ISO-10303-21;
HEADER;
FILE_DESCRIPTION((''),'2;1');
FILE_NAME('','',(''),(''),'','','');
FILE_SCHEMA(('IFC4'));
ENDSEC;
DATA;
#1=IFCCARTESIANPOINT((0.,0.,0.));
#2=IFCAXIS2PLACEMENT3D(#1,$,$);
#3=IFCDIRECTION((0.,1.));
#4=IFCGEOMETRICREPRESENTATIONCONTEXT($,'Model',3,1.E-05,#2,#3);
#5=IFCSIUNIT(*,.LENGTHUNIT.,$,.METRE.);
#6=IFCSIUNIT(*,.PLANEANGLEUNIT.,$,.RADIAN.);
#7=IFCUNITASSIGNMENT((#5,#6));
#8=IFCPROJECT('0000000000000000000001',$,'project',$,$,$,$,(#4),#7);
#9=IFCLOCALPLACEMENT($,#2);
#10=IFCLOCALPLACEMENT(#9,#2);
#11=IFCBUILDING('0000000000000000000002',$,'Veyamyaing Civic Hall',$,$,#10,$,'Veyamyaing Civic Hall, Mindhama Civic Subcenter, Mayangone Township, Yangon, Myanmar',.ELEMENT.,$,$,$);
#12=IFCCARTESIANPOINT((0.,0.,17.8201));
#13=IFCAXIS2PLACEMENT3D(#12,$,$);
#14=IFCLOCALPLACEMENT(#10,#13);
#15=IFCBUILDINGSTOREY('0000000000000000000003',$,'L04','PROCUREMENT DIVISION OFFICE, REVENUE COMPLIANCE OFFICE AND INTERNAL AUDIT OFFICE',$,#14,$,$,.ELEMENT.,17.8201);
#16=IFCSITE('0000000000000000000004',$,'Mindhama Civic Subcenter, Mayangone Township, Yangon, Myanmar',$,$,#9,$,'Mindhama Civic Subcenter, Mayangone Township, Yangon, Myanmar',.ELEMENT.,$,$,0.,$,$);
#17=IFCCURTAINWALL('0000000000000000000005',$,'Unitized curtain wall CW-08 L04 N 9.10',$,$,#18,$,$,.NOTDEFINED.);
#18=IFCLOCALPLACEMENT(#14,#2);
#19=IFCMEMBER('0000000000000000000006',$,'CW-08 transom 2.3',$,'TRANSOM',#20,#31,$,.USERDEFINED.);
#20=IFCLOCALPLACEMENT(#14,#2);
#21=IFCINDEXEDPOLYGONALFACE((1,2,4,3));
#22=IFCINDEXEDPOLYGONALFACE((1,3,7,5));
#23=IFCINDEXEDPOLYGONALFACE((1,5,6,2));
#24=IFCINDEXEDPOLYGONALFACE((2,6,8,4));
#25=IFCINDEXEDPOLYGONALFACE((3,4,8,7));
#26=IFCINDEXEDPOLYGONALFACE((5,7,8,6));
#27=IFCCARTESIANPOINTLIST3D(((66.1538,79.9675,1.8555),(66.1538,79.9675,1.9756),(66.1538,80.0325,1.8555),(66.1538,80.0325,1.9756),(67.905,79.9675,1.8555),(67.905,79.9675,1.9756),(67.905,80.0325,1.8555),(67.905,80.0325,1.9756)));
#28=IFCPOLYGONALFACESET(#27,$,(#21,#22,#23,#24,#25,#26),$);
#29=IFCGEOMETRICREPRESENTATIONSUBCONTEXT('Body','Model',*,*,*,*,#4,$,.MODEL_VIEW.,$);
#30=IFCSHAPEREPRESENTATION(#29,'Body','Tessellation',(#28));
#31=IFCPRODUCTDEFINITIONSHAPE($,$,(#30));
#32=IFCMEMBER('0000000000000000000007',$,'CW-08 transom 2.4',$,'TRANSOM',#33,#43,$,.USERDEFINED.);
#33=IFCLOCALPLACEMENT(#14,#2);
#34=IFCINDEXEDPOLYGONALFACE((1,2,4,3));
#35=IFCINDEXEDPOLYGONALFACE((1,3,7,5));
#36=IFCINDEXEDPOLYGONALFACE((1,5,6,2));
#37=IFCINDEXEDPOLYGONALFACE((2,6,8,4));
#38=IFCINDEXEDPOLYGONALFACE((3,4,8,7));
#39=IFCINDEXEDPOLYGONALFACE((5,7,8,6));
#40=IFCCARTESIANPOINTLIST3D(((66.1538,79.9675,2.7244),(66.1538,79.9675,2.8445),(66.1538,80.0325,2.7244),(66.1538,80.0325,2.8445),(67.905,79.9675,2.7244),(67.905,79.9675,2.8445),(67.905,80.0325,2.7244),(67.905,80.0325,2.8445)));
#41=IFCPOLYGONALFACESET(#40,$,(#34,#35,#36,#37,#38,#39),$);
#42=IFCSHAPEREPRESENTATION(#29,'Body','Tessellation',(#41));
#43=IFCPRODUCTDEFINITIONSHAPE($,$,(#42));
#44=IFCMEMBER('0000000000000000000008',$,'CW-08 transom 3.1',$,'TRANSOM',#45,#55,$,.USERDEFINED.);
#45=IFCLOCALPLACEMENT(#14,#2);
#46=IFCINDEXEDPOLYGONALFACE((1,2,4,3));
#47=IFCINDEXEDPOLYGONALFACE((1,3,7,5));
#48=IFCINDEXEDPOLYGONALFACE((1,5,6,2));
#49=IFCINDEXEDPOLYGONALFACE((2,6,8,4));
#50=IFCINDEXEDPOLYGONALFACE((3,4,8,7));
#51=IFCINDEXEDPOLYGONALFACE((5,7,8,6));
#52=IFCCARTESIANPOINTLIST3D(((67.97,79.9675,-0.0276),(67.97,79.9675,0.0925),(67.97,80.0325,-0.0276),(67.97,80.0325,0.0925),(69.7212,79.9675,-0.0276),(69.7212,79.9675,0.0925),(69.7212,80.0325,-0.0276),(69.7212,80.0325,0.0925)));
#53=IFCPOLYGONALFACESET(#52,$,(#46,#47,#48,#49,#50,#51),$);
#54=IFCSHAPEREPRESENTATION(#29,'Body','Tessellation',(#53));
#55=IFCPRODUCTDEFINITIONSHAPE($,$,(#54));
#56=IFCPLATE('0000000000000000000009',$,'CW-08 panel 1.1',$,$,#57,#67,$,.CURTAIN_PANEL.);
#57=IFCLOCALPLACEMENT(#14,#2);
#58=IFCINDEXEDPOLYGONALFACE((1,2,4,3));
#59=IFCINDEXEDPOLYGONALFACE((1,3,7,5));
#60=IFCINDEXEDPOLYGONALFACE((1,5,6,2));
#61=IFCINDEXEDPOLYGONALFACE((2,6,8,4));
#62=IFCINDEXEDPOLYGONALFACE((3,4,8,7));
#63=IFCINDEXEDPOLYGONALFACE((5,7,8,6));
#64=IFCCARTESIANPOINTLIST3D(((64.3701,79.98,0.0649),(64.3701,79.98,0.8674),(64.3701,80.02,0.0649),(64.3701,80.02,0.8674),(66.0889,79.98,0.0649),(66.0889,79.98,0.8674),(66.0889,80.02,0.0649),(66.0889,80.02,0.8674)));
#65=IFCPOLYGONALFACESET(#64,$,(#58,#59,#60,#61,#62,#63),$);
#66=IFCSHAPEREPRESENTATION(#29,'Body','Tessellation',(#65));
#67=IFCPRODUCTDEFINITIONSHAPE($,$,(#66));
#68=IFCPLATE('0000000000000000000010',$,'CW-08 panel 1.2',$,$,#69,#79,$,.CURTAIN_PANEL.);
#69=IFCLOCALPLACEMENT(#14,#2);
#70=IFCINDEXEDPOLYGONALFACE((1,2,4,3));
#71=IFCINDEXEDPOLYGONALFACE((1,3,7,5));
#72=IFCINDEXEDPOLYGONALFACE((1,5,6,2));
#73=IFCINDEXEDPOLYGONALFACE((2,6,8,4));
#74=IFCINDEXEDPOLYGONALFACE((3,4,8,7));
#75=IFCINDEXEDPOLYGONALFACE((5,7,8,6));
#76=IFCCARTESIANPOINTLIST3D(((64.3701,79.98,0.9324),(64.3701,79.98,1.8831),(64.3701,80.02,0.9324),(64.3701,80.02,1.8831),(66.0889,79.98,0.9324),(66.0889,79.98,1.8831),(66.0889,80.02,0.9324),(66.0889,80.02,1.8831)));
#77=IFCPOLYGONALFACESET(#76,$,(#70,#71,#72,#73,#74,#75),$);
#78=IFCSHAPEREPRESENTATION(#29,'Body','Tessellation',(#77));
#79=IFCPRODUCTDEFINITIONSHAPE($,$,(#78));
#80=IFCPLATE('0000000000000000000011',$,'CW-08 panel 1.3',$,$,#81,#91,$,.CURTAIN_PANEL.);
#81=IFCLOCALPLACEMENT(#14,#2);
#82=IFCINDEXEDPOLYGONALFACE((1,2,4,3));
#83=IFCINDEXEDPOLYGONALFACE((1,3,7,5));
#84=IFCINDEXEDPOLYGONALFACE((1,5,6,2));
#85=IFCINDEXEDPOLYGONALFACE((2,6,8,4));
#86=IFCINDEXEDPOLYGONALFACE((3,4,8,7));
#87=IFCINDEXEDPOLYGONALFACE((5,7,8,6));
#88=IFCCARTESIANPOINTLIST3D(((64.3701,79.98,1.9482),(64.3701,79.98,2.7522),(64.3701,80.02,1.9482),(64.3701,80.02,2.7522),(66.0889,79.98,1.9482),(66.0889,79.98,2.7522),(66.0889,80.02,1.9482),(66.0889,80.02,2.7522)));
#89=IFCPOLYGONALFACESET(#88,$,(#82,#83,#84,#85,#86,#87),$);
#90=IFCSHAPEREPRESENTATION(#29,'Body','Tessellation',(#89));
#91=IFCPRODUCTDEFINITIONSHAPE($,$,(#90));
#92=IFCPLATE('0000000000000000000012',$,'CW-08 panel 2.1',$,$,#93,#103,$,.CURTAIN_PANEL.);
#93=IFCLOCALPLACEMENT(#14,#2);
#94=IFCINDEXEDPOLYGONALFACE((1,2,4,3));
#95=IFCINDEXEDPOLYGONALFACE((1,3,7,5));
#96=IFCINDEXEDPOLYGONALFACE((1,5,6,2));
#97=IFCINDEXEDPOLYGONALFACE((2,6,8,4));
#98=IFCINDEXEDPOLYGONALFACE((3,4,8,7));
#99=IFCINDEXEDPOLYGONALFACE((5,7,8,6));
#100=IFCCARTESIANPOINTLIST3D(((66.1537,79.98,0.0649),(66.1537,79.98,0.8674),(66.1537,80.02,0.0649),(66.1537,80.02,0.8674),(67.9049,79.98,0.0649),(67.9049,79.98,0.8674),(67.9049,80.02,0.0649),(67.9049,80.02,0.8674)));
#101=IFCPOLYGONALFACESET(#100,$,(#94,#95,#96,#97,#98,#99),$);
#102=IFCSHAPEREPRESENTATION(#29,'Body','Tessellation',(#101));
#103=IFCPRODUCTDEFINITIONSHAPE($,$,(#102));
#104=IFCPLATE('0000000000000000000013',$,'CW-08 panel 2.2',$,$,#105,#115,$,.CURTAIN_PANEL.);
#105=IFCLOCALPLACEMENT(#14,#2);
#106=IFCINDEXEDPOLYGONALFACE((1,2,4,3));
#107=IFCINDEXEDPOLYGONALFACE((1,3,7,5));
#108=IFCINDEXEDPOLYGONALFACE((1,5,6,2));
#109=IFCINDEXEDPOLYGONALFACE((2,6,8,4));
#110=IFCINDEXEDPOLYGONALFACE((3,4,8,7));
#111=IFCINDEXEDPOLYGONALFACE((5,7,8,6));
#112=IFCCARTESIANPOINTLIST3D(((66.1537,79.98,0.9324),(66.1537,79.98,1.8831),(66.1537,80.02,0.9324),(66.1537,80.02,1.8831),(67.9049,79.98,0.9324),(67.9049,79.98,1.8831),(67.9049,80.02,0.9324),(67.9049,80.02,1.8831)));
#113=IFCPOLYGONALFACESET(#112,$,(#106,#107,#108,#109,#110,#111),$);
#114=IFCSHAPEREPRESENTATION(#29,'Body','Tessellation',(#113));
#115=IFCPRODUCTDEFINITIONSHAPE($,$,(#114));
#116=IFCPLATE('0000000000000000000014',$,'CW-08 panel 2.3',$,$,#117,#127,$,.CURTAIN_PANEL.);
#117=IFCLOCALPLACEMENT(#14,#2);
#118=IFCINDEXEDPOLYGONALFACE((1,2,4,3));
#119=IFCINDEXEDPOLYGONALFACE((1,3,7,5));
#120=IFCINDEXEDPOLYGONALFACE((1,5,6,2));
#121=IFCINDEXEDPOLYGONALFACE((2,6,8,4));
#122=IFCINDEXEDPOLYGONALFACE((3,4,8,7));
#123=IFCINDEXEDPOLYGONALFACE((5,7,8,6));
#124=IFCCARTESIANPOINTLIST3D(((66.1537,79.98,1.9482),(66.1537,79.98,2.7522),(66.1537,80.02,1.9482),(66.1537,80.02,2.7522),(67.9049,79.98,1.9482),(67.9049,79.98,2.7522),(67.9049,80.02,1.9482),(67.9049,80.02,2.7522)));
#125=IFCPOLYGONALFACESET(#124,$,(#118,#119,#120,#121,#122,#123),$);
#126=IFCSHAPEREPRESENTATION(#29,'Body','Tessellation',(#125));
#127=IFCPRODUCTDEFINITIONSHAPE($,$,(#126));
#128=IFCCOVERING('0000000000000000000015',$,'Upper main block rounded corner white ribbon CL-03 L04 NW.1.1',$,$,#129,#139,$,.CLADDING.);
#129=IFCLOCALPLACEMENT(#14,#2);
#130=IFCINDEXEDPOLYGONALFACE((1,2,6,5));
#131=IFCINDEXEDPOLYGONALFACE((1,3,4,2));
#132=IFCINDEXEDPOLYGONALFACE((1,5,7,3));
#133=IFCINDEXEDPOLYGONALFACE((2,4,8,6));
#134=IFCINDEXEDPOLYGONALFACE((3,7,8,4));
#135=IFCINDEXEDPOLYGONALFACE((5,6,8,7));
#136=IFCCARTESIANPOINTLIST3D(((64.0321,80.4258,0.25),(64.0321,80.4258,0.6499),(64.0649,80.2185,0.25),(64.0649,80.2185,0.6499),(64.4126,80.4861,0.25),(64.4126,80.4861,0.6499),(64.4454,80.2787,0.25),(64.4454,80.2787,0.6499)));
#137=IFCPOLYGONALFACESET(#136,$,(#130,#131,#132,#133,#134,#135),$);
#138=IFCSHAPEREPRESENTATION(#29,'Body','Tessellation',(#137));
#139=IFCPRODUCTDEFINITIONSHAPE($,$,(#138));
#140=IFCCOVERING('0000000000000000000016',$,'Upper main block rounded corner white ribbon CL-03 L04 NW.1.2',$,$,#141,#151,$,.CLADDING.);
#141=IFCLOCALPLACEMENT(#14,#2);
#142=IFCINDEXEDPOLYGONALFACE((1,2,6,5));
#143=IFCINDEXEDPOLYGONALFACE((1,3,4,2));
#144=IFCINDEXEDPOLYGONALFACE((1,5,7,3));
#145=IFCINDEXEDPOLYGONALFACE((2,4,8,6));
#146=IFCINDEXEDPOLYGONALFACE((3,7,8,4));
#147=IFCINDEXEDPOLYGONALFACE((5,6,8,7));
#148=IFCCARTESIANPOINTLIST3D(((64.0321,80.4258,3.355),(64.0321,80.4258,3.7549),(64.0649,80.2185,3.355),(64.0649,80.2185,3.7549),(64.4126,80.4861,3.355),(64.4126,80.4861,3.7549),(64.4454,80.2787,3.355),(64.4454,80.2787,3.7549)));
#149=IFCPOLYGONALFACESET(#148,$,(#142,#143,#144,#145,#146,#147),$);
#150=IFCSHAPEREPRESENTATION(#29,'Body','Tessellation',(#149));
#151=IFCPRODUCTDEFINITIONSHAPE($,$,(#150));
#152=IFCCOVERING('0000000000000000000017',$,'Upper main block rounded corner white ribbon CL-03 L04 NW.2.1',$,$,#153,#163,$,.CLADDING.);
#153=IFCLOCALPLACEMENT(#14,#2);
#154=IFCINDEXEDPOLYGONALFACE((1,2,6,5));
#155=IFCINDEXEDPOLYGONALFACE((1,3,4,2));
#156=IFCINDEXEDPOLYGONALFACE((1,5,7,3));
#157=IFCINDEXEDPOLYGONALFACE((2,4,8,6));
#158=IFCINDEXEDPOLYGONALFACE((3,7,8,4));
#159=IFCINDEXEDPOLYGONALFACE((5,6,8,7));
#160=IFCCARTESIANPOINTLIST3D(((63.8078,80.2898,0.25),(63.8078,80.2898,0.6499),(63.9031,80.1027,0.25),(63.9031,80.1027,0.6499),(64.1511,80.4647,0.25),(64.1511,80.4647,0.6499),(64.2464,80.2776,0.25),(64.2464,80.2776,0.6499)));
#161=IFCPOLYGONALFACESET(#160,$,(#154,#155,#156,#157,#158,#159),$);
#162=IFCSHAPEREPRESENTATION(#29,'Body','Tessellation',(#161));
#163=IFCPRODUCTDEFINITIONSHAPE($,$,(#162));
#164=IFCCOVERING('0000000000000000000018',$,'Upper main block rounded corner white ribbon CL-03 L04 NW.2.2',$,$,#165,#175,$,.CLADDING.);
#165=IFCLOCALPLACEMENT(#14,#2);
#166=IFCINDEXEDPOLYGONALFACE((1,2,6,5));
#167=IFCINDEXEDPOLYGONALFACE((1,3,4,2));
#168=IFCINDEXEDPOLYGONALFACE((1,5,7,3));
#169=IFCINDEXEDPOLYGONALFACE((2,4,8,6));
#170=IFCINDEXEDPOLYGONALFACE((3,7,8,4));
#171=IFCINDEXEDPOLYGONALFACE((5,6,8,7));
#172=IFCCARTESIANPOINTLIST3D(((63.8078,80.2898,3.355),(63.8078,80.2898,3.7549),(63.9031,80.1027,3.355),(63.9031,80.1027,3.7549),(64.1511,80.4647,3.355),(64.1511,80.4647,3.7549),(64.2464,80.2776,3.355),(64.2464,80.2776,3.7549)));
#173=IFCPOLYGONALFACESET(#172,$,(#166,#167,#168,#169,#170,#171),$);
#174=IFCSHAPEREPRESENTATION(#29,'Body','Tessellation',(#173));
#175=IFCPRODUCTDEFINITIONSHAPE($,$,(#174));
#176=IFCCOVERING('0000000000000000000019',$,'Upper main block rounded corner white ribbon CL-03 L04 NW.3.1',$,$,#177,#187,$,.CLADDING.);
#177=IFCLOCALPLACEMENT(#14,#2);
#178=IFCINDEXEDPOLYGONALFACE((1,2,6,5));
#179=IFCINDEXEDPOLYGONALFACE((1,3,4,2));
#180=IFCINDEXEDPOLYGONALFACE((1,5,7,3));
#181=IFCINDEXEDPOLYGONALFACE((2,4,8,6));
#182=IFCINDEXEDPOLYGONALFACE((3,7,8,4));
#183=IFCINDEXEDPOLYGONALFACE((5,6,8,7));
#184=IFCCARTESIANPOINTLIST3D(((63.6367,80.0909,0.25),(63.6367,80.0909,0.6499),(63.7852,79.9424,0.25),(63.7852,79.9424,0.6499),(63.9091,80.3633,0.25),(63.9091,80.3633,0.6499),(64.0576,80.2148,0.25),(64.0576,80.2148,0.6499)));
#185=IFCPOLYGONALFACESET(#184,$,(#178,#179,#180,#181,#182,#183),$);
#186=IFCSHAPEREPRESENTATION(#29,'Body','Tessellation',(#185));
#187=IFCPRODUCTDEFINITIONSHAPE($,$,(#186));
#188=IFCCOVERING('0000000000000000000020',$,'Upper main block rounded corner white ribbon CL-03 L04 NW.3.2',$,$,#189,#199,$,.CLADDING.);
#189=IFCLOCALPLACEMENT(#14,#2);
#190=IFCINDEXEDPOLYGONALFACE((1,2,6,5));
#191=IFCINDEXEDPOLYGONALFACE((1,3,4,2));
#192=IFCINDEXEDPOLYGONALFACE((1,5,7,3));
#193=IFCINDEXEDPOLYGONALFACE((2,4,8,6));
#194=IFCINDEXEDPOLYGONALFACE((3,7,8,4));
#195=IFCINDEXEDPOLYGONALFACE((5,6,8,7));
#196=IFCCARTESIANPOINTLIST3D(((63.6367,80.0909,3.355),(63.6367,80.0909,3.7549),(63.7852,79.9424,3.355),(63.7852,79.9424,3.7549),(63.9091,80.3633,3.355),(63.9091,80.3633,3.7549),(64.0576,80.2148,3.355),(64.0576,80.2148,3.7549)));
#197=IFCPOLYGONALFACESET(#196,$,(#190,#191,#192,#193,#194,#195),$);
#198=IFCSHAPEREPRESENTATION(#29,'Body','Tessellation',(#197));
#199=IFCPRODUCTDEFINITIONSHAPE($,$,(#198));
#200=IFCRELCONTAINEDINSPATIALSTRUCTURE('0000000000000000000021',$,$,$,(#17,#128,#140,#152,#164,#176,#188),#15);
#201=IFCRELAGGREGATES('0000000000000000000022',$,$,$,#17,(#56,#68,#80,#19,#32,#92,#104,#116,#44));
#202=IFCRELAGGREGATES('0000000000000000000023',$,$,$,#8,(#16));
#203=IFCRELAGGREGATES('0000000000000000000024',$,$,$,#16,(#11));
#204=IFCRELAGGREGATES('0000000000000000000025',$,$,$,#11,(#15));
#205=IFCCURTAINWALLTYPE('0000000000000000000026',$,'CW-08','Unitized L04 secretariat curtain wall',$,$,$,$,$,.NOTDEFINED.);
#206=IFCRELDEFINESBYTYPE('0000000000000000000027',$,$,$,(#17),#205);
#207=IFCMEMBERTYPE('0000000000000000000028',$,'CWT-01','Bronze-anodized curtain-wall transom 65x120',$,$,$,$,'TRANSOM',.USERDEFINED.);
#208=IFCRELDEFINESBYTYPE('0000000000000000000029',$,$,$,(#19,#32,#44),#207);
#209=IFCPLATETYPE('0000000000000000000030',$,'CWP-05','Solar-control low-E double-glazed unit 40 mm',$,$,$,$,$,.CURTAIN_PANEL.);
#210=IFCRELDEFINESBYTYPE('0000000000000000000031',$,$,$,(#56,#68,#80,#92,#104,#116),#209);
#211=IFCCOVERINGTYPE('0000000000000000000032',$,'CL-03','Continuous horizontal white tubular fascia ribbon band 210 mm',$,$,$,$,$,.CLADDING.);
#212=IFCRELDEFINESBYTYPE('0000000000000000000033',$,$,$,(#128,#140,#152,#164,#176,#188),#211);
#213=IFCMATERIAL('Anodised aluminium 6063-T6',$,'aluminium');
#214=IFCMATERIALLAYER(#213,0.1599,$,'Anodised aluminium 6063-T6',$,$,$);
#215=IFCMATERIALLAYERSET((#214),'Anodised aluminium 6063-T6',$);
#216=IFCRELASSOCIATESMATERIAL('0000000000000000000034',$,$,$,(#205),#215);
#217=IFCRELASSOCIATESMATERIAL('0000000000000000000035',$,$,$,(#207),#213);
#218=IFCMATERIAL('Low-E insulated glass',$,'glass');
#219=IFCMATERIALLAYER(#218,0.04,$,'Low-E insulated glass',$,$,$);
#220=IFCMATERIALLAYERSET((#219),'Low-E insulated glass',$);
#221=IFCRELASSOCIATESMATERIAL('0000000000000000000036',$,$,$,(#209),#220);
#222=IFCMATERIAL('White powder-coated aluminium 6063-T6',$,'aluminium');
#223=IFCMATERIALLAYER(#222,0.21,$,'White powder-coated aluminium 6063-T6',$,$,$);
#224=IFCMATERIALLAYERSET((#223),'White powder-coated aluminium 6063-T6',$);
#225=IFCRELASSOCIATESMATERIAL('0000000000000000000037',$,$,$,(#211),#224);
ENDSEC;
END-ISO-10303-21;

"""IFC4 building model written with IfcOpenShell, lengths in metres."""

from ifc_helpers import new_model, si_unit, direction, frame, origin, origin_2d, place, context, subcontext, project, spatial, rectangle, extrude, material, layer, layer_set, material_profile, profile_set, type_object, element, aggregate, save


model = new_model("IFC4")

# Units and contexts
model_context = context("Model", 3, precision=1e-05, world=origin(), true_north=direction((0.0, 1.0)))
body_context = subcontext(model_context, "Body", "Model", "MODEL_VIEW")
ifc_project = project(units=[si_unit("LENGTHUNIT", "METRE"), si_unit("PLANEANGLEUNIT", "RADIAN")], contexts=[model_context])

# Site, building, storey
site_placement = place(None, origin())
site = spatial("IfcSite", under=ifc_project, at=site_placement, Name="Mindhama Civic Subcenter, Mayangone Township, Yangon, Myanmar", LongName="Mindhama Civic Subcenter, Mayangone Township, Yangon, Myanmar", CompositionType="ELEMENT", RefElevation=0.0)
building_placement = place(site_placement, origin())
building = spatial("IfcBuilding", under=site, at=building_placement, Name="Veyamyaing Civic Hall", LongName="Veyamyaing Civic Hall, Mindhama Civic Subcenter, Mayangone Township, Yangon, Myanmar", CompositionType="ELEMENT")
storey_placement = place(building_placement, frame((0.0, 0.0, 17.8201)))
storey = spatial("IfcBuildingStorey", under=building, at=storey_placement, Name="L04", Description="PROCUREMENT DIVISION OFFICE, REVENUE COMPLIANCE OFFICE AND INTERNAL AUDIT OFFICE", CompositionType="ELEMENT", Elevation=17.8201)

# Curtain wall, members, plates
ifc_material_1 = material(Name="Anodised aluminium 6063-T6", Category="aluminium")
ifc_layer_1 = layer(ifc_material_1, 0.1599, Name="Anodised aluminium 6063-T6")
ifc_layer_set_1 = layer_set([ifc_layer_1], Name="Anodised aluminium 6063-T6")
curtain_wall_type = type_object("IfcCurtainWallType", Name="CW-08", Description="Unitized L04 secretariat curtain wall", PredefinedType="NOTDEFINED", material=ifc_layer_set_1)
curtain_wall_placement = place(storey_placement, origin())
curtain_wall = element("IfcCurtainWall", 1, at=curtain_wall_placement, inside=storey, type_object=curtain_wall_type, Name="Unitized curtain wall CW-08 L04 N 9.10", PredefinedType="NOTDEFINED")
ifc_material_profile_1 = material_profile(ifc_material_1, rectangle(XDim=0.0649, YDim=0.1201, at=origin_2d()), Name="ALU-TRN-65X120")
ifc_profile_set_1 = profile_set([ifc_material_profile_1], Name="Anodised aluminium 6063-T6")
member_type_1 = type_object("IfcMemberType", Name="CWT-01", Description="Bronze-anodized curtain-wall transom 65x120", ElementType="TRANSOM", PredefinedType="USERDEFINED", material=ifc_profile_set_1)
member_1_placement = place(storey_placement, frame((66.1538, 80.0, 1.9155), z_axis=(1.0, 0.0, 0.0), x_axis=(0.0, 1.0, 0.0)))
member_1 = element("IfcMember", 2, at=member_1_placement, type_object=member_type_1, Name="CW-08 transom 2.3", ObjectType="TRANSOM", PredefinedType="USERDEFINED", context=body_context, shape_type="SweptSolid", body=[
    extrude(rectangle(XDim=0.0649, YDim=0.1201, at=origin_2d()), origin(), (0.0, 0.0, 1.0), 1.7512),
])
member_2_placement = place(storey_placement, frame((66.1538, 80.0, 2.7844), z_axis=(1.0, 0.0, 0.0), x_axis=(0.0, 1.0, 0.0)))
member_2 = element("IfcMember", 3, at=member_2_placement, type_object=member_type_1, Name="CW-08 transom 2.4", ObjectType="TRANSOM", PredefinedType="USERDEFINED", context=body_context, shape_type="SweptSolid", body=[
    extrude(rectangle(XDim=0.0649, YDim=0.1201, at=origin_2d()), origin(), (0.0, 0.0, 1.0), 1.7512),
])
member_3_placement = place(storey_placement, frame((67.97, 80.0, 0.0325), z_axis=(1.0, 0.0, 0.0), x_axis=(0.0, 1.0, 0.0)))
member_3 = element("IfcMember", 4, at=member_3_placement, type_object=member_type_1, Name="CW-08 transom 3.1", ObjectType="TRANSOM", PredefinedType="USERDEFINED", context=body_context, shape_type="SweptSolid", body=[
    extrude(rectangle(XDim=0.0649, YDim=0.1201, at=origin_2d()), origin(), (0.0, 0.0, 1.0), 1.7512),
])
ifc_material_2 = material(Name="Low-E insulated glass", Category="glass")
ifc_layer_2 = layer(ifc_material_2, 0.04, Name="Low-E insulated glass")
ifc_layer_set_2 = layer_set([ifc_layer_2], Name="Low-E insulated glass")
plate_type = type_object("IfcPlateType", Name="CWP-05", Description="Solar-control low-E double-glazed unit 40 mm", PredefinedType="CURTAIN_PANEL", material=ifc_layer_set_2)
plate_1_placement = place(storey_placement, frame((65.2295, 80.0, 0.0649), z_axis=(0.0, 0.0, 1.0), x_axis=(1.0, 0.0, 0.0)))
plate_1 = element("IfcPlate", 5, at=plate_1_placement, type_object=plate_type, Name="CW-08 panel 1.1", PredefinedType="CURTAIN_PANEL", context=body_context, shape_type="SweptSolid", body=[
    extrude(rectangle(XDim=1.7188, YDim=0.04, at=origin_2d()), origin(), (0.0, 0.0, 1.0), 0.8025),
])
plate_2_placement = place(storey_placement, frame((65.2295, 80.0, 0.9324), z_axis=(0.0, 0.0, 1.0), x_axis=(1.0, 0.0, 0.0)))
plate_2 = element("IfcPlate", 6, at=plate_2_placement, type_object=plate_type, Name="CW-08 panel 1.2", PredefinedType="CURTAIN_PANEL", context=body_context, shape_type="SweptSolid", body=[
    extrude(rectangle(XDim=1.7188, YDim=0.04, at=origin_2d()), origin(), (0.0, 0.0, 1.0), 0.9507),
])
plate_3_placement = place(storey_placement, frame((65.2295, 80.0, 1.9482), z_axis=(0.0, 0.0, 1.0), x_axis=(1.0, 0.0, 0.0)))
plate_3 = element("IfcPlate", 7, at=plate_3_placement, type_object=plate_type, Name="CW-08 panel 1.3", PredefinedType="CURTAIN_PANEL", context=body_context, shape_type="SweptSolid", body=[
    extrude(rectangle(XDim=1.7188, YDim=0.04, at=origin_2d()), origin(), (0.0, 0.0, 1.0), 0.804),
])
plate_4_placement = place(storey_placement, frame((67.0293, 80.0, 0.0649), z_axis=(0.0, 0.0, 1.0), x_axis=(1.0, 0.0, 0.0)))
plate_4 = element("IfcPlate", 8, at=plate_4_placement, type_object=plate_type, Name="CW-08 panel 2.1", PredefinedType="CURTAIN_PANEL", context=body_context, shape_type="SweptSolid", body=[
    extrude(rectangle(XDim=1.7512, YDim=0.04, at=origin_2d()), origin(), (0.0, 0.0, 1.0), 0.8025),
])
plate_5_placement = place(storey_placement, frame((67.0293, 80.0, 0.9324), z_axis=(0.0, 0.0, 1.0), x_axis=(1.0, 0.0, 0.0)))
plate_5 = element("IfcPlate", 9, at=plate_5_placement, type_object=plate_type, Name="CW-08 panel 2.2", PredefinedType="CURTAIN_PANEL", context=body_context, shape_type="SweptSolid", body=[
    extrude(rectangle(XDim=1.7512, YDim=0.04, at=origin_2d()), origin(), (0.0, 0.0, 1.0), 0.9507),
])
plate_6_placement = place(storey_placement, frame((67.0293, 80.0, 1.9482), z_axis=(0.0, 0.0, 1.0), x_axis=(1.0, 0.0, 0.0)))
plate_6 = element("IfcPlate", 10, at=plate_6_placement, type_object=plate_type, Name="CW-08 panel 2.3", PredefinedType="CURTAIN_PANEL", context=body_context, shape_type="SweptSolid", body=[
    extrude(rectangle(XDim=1.7512, YDim=0.04, at=origin_2d()), origin(), (0.0, 0.0, 1.0), 0.804),
])
aggregate(curtain_wall, [plate_1, plate_2, plate_3, member_1, member_2, plate_4, plate_5, plate_6, member_3])

# Coverings
ifc_material_3 = material(Name="White powder-coated aluminium 6063-T6", Category="aluminium")
ifc_layer_3 = layer(ifc_material_3, 0.21, Name="White powder-coated aluminium 6063-T6")
ifc_layer_set_3 = layer_set([ifc_layer_3], Name="White powder-coated aluminium 6063-T6")
covering_type = type_object("IfcCoveringType", Name="CL-03", Description="Continuous horizontal white tubular fascia ribbon band 210 mm", PredefinedType="CLADDING", material=ifc_layer_set_3)
for number, where, z_axis, x_axis, name in (
    (11, (64.2388, 80.3523, 0.25), (0.0, 0.0, 1.0), (-0.987688, -0.156434, 0.0), "Upper main block rounded corner white ribbon CL-03 L04 NW.1.1"),
    (12, (64.2388, 80.3523, 3.355), (0.0, 0.0, 1.0), (-0.987688, -0.156434, 0.0), "Upper main block rounded corner white ribbon CL-03 L04 NW.1.2"),
    (13, (64.0271, 80.2837, 0.25), (0.0, 0.0, 1.0), (-0.891007, -0.45399, 0.0), "Upper main block rounded corner white ribbon CL-03 L04 NW.2.1"),
    (14, (64.0271, 80.2837, 3.355), (0.0, 0.0, 1.0), (-0.891007, -0.45399, 0.0), "Upper main block rounded corner white ribbon CL-03 L04 NW.2.2"),
    (15, (63.8472, 80.1528, 0.25), (0.0, 0.0, 1.0), (-0.707107, -0.707107, 0.0), "Upper main block rounded corner white ribbon CL-03 L04 NW.3.1"),
    (16, (63.8472, 80.1528, 3.355), (0.0, 0.0, 1.0), (-0.707107, -0.707107, 0.0), "Upper main block rounded corner white ribbon CL-03 L04 NW.3.2"),
):
    element("IfcCovering", number, at=place(storey_placement, frame(where, z_axis=z_axis, x_axis=x_axis)), inside=storey, type_object=covering_type, Name=name, PredefinedType="CLADDING", context=body_context, shape_type="SweptSolid", body=[
        extrude(rectangle(XDim=0.3853, YDim=0.21, at=origin_2d()), origin(), (0.0, 0.0, 1.0), 0.3999),
    ])

save(model, "model.ifc")
